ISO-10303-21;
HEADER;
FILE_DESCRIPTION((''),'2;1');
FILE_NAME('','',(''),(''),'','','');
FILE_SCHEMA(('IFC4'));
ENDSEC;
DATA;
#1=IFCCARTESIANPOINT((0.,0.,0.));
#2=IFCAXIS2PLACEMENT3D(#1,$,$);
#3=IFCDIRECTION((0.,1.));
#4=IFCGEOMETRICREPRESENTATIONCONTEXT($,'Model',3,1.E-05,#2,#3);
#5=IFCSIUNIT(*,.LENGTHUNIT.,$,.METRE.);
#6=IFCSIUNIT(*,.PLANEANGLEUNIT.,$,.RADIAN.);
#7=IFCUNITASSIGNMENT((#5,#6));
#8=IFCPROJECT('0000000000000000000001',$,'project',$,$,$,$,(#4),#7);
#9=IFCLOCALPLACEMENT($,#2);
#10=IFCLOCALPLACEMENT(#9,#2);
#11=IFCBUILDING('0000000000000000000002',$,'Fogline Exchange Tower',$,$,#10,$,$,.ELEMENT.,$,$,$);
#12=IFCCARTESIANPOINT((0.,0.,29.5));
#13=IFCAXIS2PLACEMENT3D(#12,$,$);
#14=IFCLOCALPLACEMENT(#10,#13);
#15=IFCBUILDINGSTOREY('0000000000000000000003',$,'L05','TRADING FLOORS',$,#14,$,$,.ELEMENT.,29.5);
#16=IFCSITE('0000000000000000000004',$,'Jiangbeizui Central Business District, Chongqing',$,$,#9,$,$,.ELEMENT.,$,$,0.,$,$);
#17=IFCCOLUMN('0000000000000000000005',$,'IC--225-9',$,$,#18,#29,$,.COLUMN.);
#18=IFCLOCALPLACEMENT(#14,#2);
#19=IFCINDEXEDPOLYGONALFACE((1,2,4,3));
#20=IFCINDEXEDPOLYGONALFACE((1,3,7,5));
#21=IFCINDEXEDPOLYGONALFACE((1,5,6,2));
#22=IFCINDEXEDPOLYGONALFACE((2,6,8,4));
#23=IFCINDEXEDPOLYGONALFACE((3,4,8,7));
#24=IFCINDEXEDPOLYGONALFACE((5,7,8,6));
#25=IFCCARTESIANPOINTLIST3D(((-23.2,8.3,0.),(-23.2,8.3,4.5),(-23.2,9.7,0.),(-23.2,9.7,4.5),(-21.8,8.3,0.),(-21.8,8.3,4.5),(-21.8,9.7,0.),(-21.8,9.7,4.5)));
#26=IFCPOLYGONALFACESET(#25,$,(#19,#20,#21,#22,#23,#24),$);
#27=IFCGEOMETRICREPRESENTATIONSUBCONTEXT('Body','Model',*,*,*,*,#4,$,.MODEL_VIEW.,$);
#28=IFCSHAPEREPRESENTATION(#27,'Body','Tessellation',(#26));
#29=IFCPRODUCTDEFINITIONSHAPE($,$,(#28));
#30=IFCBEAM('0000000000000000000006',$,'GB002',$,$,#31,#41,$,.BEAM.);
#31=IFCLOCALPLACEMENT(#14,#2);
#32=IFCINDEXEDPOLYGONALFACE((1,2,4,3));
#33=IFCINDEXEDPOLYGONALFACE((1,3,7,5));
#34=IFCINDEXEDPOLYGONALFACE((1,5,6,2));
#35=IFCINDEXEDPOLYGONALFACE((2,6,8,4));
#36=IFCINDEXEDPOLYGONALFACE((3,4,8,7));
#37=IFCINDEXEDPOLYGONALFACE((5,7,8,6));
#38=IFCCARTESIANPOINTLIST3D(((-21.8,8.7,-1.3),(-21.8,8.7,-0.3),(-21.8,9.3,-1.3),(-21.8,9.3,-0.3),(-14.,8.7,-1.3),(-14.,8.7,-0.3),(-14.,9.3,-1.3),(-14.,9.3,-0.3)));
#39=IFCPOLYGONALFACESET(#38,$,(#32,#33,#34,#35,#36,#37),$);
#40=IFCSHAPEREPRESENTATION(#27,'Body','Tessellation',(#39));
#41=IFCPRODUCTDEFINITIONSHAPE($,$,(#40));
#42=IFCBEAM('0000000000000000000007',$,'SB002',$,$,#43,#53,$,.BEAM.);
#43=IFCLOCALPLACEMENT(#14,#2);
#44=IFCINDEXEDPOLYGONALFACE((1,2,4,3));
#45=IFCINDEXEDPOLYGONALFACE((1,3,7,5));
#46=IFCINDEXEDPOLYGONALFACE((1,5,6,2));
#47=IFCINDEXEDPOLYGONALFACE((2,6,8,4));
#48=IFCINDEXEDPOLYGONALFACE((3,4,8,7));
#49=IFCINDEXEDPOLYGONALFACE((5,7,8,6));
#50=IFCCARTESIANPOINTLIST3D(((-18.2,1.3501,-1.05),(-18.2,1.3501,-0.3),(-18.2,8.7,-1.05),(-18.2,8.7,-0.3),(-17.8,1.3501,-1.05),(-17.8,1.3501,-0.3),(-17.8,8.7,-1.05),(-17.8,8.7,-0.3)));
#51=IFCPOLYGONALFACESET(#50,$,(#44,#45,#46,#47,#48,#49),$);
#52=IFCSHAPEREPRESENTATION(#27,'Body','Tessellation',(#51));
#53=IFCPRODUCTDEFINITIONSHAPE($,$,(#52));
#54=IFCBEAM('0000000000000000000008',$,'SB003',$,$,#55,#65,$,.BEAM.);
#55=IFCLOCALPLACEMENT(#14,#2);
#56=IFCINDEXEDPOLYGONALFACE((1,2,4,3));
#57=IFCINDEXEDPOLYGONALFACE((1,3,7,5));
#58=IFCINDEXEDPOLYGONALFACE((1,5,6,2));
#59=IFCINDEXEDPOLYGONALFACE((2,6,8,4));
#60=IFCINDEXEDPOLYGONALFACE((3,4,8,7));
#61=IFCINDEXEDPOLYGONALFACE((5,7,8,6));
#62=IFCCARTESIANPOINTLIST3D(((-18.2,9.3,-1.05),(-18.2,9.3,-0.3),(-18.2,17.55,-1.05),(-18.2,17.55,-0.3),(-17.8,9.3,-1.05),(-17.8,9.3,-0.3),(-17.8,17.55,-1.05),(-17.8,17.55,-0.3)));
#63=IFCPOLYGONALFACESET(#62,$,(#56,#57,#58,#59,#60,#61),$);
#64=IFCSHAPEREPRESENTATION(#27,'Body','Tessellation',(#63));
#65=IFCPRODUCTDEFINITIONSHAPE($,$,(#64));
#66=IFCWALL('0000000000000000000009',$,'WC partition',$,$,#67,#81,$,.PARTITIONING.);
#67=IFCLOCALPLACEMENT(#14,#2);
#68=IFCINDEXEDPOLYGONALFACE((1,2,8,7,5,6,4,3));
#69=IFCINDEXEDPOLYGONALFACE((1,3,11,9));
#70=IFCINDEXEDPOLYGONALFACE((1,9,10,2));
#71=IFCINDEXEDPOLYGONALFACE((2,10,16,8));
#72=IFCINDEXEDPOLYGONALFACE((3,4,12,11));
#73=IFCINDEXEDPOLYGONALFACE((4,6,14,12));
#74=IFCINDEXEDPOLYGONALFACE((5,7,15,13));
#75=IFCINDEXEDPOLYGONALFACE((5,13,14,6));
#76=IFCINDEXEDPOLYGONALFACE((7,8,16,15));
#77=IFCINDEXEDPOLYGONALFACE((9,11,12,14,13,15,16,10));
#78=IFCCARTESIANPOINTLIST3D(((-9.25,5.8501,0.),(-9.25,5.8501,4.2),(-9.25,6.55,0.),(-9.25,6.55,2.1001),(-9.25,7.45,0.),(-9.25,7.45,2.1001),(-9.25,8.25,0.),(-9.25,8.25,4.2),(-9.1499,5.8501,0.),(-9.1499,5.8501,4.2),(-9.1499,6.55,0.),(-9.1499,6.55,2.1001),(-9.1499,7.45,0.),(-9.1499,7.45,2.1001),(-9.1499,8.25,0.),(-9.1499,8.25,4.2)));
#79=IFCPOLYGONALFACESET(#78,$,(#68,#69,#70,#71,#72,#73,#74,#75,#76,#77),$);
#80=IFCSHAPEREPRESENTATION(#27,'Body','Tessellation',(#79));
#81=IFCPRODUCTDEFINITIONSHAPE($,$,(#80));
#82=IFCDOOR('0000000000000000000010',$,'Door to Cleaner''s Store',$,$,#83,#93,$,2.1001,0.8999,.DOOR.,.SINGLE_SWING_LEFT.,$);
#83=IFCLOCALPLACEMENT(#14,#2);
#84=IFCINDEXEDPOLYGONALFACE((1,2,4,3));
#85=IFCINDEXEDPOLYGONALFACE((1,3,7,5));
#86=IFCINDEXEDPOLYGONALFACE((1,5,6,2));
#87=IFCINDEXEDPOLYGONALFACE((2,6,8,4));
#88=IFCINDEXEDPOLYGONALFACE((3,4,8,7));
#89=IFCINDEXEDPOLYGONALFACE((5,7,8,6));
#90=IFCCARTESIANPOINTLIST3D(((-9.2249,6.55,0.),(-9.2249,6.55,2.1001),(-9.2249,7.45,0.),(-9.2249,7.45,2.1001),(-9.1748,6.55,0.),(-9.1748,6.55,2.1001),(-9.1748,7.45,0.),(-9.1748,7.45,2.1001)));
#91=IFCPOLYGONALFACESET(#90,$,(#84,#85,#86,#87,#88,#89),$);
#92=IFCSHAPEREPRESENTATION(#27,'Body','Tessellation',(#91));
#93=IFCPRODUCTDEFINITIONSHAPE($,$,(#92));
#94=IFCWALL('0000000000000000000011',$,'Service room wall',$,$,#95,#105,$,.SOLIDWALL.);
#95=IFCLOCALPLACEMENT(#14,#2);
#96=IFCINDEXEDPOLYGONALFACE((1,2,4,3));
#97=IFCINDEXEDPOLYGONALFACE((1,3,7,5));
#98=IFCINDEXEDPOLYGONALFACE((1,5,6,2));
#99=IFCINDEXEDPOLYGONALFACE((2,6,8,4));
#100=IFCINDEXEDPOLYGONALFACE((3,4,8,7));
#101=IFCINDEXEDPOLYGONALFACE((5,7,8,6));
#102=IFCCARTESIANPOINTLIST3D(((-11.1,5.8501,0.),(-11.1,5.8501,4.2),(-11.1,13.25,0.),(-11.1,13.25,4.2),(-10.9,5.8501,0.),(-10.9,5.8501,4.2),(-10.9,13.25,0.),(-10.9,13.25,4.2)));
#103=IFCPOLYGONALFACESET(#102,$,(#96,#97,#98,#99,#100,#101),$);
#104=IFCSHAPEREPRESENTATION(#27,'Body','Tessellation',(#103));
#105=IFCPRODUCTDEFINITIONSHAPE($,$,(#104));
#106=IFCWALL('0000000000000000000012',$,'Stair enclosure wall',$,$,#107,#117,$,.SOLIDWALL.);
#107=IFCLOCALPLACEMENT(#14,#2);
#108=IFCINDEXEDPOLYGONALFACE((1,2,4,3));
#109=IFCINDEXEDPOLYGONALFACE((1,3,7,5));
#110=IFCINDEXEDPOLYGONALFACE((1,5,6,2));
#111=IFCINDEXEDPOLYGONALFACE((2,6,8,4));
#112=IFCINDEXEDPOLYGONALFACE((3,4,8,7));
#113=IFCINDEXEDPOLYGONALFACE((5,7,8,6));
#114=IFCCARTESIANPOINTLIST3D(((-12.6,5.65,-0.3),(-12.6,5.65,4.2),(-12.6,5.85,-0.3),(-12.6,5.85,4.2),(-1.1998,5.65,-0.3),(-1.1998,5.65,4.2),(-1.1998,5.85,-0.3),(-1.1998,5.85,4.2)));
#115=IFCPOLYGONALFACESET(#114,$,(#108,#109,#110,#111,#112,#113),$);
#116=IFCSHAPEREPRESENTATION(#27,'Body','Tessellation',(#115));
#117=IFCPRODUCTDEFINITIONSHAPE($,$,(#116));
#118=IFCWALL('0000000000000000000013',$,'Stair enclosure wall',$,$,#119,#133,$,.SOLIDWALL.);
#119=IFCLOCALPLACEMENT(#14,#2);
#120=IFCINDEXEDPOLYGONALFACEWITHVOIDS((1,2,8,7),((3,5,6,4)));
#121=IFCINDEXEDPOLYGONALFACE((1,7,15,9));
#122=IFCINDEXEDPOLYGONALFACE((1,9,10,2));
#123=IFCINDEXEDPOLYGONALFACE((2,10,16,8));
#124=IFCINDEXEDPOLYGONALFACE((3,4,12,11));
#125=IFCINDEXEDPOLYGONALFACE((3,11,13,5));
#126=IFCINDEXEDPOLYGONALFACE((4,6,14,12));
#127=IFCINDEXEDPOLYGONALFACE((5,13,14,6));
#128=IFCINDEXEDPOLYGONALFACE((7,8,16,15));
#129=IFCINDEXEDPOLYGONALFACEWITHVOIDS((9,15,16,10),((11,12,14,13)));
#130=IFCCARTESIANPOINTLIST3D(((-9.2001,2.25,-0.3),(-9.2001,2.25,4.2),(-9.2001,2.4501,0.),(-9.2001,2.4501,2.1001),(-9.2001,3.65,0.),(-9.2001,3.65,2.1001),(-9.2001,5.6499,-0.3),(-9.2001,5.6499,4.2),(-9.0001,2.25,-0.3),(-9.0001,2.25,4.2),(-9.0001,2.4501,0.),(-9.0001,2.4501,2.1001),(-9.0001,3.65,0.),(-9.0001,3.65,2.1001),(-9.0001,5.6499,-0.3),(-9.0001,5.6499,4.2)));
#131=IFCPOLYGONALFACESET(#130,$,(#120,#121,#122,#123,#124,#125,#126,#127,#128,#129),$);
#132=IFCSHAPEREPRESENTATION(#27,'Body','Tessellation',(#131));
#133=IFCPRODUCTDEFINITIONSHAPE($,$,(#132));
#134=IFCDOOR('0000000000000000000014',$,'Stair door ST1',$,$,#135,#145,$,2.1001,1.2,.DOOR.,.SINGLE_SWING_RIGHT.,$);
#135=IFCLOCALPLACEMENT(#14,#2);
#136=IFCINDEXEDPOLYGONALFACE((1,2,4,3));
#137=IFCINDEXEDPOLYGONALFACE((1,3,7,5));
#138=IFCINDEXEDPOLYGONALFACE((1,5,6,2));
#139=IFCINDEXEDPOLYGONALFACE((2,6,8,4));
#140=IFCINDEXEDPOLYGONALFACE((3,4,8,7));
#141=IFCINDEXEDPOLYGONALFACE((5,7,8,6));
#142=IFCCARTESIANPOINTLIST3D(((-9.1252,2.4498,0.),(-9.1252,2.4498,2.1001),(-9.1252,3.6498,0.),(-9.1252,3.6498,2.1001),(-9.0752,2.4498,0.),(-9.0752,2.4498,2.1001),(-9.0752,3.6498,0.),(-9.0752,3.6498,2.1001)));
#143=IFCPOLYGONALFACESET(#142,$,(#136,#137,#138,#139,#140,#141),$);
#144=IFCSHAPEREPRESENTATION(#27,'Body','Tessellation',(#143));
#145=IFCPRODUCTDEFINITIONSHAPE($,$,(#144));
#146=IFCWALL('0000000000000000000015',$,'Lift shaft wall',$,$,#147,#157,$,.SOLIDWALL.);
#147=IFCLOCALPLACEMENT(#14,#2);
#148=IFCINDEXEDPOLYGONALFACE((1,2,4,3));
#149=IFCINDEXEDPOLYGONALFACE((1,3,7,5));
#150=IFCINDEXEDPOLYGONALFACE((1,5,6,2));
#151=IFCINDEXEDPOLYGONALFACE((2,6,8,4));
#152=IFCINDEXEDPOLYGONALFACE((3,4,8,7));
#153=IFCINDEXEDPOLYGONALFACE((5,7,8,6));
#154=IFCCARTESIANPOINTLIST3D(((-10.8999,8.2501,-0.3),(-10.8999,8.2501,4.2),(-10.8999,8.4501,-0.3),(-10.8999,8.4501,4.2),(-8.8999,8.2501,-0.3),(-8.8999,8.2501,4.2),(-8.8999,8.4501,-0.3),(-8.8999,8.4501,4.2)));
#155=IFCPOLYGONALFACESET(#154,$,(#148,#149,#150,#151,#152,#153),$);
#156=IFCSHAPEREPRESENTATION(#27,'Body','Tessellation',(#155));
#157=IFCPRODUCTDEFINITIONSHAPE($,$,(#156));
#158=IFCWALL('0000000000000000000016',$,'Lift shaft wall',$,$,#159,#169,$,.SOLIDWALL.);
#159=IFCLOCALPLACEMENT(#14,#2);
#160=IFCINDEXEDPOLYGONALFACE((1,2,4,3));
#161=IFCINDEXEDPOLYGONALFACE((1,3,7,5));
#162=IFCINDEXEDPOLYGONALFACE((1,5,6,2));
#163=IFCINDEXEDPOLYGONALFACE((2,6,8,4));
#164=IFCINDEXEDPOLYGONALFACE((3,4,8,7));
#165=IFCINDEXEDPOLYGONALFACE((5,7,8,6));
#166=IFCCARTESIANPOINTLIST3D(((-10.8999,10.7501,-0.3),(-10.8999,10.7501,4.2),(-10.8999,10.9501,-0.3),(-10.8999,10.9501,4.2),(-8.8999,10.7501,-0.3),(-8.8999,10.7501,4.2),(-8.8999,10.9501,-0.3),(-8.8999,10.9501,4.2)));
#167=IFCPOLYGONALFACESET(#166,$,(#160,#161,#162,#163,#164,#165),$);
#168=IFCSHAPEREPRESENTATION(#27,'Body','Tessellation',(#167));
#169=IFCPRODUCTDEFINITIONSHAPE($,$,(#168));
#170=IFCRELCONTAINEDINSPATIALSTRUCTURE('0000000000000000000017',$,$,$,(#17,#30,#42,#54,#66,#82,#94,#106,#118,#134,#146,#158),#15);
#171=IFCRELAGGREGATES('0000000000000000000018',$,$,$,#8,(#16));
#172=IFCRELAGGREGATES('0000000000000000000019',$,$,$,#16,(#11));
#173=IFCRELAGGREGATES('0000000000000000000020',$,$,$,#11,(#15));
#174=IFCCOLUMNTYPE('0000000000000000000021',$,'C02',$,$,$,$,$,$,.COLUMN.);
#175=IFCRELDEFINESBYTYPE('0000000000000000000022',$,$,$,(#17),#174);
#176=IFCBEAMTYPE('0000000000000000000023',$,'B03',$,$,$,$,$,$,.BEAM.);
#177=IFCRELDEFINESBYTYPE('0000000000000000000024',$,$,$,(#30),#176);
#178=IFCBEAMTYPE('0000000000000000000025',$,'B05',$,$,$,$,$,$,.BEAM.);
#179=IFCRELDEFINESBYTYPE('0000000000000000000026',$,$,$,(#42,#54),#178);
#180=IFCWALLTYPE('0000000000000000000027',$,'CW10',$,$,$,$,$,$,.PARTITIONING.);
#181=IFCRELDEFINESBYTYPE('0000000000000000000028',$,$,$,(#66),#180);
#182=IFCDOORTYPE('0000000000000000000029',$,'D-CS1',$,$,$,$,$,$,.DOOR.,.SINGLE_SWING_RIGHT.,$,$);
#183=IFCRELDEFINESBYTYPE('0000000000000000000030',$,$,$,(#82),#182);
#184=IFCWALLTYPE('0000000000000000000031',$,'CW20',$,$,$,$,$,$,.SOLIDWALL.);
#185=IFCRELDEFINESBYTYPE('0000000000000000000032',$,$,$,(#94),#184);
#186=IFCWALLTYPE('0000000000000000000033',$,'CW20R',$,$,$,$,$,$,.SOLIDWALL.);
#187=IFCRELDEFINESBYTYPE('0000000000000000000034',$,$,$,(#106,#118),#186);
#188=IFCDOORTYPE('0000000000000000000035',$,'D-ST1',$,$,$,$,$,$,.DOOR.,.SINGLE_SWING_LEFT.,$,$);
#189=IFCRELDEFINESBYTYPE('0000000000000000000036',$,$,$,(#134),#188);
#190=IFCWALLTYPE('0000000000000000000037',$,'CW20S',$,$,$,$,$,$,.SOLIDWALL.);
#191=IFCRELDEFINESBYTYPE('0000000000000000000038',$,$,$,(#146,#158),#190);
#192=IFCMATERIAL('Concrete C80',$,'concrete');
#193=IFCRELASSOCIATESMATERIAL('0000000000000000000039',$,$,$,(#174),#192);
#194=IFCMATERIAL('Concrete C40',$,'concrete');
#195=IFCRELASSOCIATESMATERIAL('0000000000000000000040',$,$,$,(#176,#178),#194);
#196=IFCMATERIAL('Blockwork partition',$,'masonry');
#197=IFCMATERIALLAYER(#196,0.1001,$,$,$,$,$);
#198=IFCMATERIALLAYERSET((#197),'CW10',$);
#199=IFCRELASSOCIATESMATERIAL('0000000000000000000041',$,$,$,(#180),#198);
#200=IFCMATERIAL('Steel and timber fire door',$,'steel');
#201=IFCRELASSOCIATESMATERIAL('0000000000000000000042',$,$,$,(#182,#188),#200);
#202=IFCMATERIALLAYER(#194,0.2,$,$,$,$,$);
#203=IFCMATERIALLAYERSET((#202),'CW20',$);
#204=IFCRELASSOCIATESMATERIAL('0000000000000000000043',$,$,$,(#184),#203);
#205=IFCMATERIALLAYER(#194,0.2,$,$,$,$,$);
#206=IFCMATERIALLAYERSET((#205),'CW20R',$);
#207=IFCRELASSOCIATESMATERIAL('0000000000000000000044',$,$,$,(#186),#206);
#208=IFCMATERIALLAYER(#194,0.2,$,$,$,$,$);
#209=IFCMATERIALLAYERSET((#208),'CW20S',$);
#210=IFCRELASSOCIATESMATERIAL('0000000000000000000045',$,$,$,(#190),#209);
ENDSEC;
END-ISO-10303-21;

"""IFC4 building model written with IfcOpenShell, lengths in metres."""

from ifc_helpers import new_model, si_unit, direction, frame, frame_2d, origin, origin_2d, place, context, subcontext, project, spatial, rectangle, extrude, material, layer, layer_set, material_profile, profile_set, type_object, element, fill, save


model = new_model("IFC4")

# Units and contexts
model_context = context("Model", 3, precision=1e-05, world=origin(), true_north=direction((0.0, 1.0)))
body_context = subcontext(model_context, "Body", "Model", "MODEL_VIEW")
ifc_project = project(units=[si_unit("LENGTHUNIT", "METRE"), si_unit("PLANEANGLEUNIT", "RADIAN")], contexts=[model_context])

# Site, building, storey
site_placement = place(None, origin())
site = spatial("IfcSite", under=ifc_project, at=site_placement, Name="Jiangbeizui Central Business District, Chongqing", CompositionType="ELEMENT", RefElevation=0.0)
building_placement = place(site_placement, origin())
building = spatial("IfcBuilding", under=site, at=building_placement, Name="Fogline Exchange Tower", CompositionType="ELEMENT")
storey_placement = place(building_placement, frame((0.0, 0.0, 29.5)))
storey = spatial("IfcBuildingStorey", under=building, at=storey_placement, Name="L05", Description="TRADING FLOORS", CompositionType="ELEMENT", Elevation=29.5)

# Column
ifc_material_1 = material(Name="Concrete C80", Category="concrete")
ifc_material_profile_1 = material_profile(ifc_material_1, rectangle(XDim=1.3999, YDim=1.3999, at=origin_2d()), Name="RC 1400x1400")
ifc_profile_set_1 = profile_set([ifc_material_profile_1], Name="Concrete C80")
column_type = type_object("IfcColumnType", Name="C02", PredefinedType="COLUMN", material=ifc_profile_set_1)
column_placement = place(storey_placement, frame((-22.5, 9.0, 0.0), z_axis=(0.0, 0.0, 1.0), x_axis=(1.0, 0.0, 0.0)))
element("IfcColumn", 1, at=column_placement, inside=storey, type_object=column_type, Name="IC--225-9", PredefinedType="COLUMN", context=body_context, shape_type="SweptSolid", body=[
    extrude(rectangle(XDim=1.3999, YDim=1.3999, at=origin_2d()), origin(), (0.0, 0.0, 1.0), 4.5),
])

# Beams
ifc_material_2 = material(Name="Concrete C40", Category="concrete")
ifc_material_profile_2 = material_profile(ifc_material_2, rectangle(XDim=0.6001, YDim=1.0, at=origin_2d()), Name="RC 600x1000")
ifc_profile_set_2 = profile_set([ifc_material_profile_2], Name="Concrete C40")
beam_type_1 = type_object("IfcBeamType", Name="B03", PredefinedType="BEAM", material=ifc_profile_set_2)
beam_1_placement = place(storey_placement, frame((-21.8, 9.0, -0.8), z_axis=(1.0, 0.0, 0.0), x_axis=(0.0, 1.0, 0.0)))
element("IfcBeam", 2, at=beam_1_placement, inside=storey, type_object=beam_type_1, Name="GB002", PredefinedType="BEAM", context=body_context, shape_type="SweptSolid", body=[
    extrude(rectangle(XDim=0.6001, YDim=1.0, at=origin_2d()), origin(), (0.0, 0.0, 1.0), 7.8),
])
ifc_material_profile_3 = material_profile(ifc_material_2, rectangle(XDim=0.3999, YDim=0.75, at=origin_2d()), Name="RC 400x750")
ifc_profile_set_3 = profile_set([ifc_material_profile_3], Name="Concrete C40")
beam_type_2 = type_object("IfcBeamType", Name="B05", PredefinedType="BEAM", material=ifc_profile_set_3)
beam_2_placement = place(storey_placement, frame((-18.0, 1.3501, -0.675), z_axis=(0.0, 1.0, 0.0), x_axis=(-1.0, 0.0, 0.0)))
element("IfcBeam", 3, at=beam_2_placement, inside=storey, type_object=beam_type_2, Name="SB002", PredefinedType="BEAM", context=body_context, shape_type="SweptSolid", body=[
    extrude(rectangle(XDim=0.3999, YDim=0.75, at=origin_2d()), origin(), (0.0, 0.0, 1.0), 7.3499),
])
beam_3_placement = place(storey_placement, frame((-18.0, 9.3, -0.675), z_axis=(0.0, 1.0, 0.0), x_axis=(-1.0, 0.0, 0.0)))
element("IfcBeam", 4, at=beam_3_placement, inside=storey, type_object=beam_type_2, Name="SB003", PredefinedType="BEAM", context=body_context, shape_type="SweptSolid", body=[
    extrude(rectangle(XDim=0.3999, YDim=0.75, at=origin_2d()), origin(), (0.0, 0.0, 1.0), 8.25),
])

# Wall, opening, door
ifc_material_3 = material(Name="Blockwork partition", Category="masonry")
ifc_layer_1 = layer(ifc_material_3, 0.1001)
ifc_layer_set_1 = layer_set([ifc_layer_1], Name="CW10")
wall_type_1 = type_object("IfcWallType", Name="CW10", PredefinedType="PARTITIONING", material=ifc_layer_set_1)
wall_1_placement = place(storey_placement, frame((-9.2, 5.8501, 0.0), z_axis=(0.0, 0.0, 1.0), x_axis=(0.0, 1.0, 0.0)))
wall_1 = element("IfcWall", 5, at=wall_1_placement, inside=storey, type_object=wall_type_1, Name="WC partition", PredefinedType="PARTITIONING", context=body_context, shape_type="SweptSolid", body=[
    extrude(rectangle(XDim=2.3999, YDim=0.1001, at=frame_2d((1.2, 0.0))), origin(), (0.0, 0.0, 1.0), 4.2),
])
opening_1_placement = place(wall_1_placement, frame((0.7, 0.0, 0.0)))
opening_1 = element("IfcOpeningElement", 6, at=opening_1_placement, cuts=wall_1, PredefinedType="OPENING", context=body_context, shape_type="SweptSolid", body=[
    extrude(rectangle(XDim=0.8999, YDim=2.1001, at=frame_2d((0.45, 1.05))), frame((0.0, 0.0601, 0.0), z_axis=(0.0, -1.0, 0.0), x_axis=(1.0, 0.0, 0.0)), (0.0, 0.0, 1.0), 0.1201),
])
ifc_material_4 = material(Name="Steel and timber fire door", Category="steel")
door_type_1 = type_object("IfcDoorType", Name="D-CS1", OperationType="SINGLE_SWING_RIGHT", PredefinedType="DOOR", material=ifc_material_4)
door_1_placement = place(opening_1_placement, origin())
door_1 = element("IfcDoor", 7, at=door_1_placement, inside=storey, type_object=door_type_1, Name="Door to Cleaner's Store", OperationType="SINGLE_SWING_LEFT", OverallHeight=2.1001, OverallWidth=0.8999, PredefinedType="DOOR", context=body_context, shape_type="SweptSolid", body=[
    extrude(rectangle(XDim=0.8999, YDim=2.1001, at=frame_2d((0.45, 1.05))), frame((0.0, 0.0249, 0.0), z_axis=(0.0, -1.0, 0.0), x_axis=(1.0, 0.0, 0.0)), (0.0, 0.0, 1.0), 0.05),
])
fill(opening_1, door_1)

# Walls
ifc_layer_2 = layer(ifc_material_2, 0.2)
ifc_layer_set_2 = layer_set([ifc_layer_2], Name="CW20")
wall_type_2 = type_object("IfcWallType", Name="CW20", PredefinedType="SOLIDWALL", material=ifc_layer_set_2)
wall_2_placement = place(storey_placement, frame((-11.0, 5.8501, 0.0), z_axis=(0.0, 0.0, 1.0), x_axis=(0.0, 1.0, 0.0)))
element("IfcWall", 8, at=wall_2_placement, inside=storey, type_object=wall_type_2, Name="Service room wall", PredefinedType="SOLIDWALL", context=body_context, shape_type="SweptSolid", body=[
    extrude(rectangle(XDim=7.3999, YDim=0.2, at=frame_2d((3.7, 0.0))), origin(), (0.0, 0.0, 1.0), 4.2),
])
ifc_layer_3 = layer(ifc_material_2, 0.2)
ifc_layer_set_3 = layer_set([ifc_layer_3], Name="CW20R")
wall_type_3 = type_object("IfcWallType", Name="CW20R", PredefinedType="SOLIDWALL", material=ifc_layer_set_3)
wall_3_placement = place(storey_placement, frame((-12.6001, 5.75, -0.3), z_axis=(0.0, 0.0, 1.0), x_axis=(1.0, 0.0, 0.0)))
element("IfcWall", 9, at=wall_3_placement, inside=storey, type_object=wall_type_3, Name="Stair enclosure wall", PredefinedType="SOLIDWALL", context=body_context, shape_type="SweptSolid", body=[
    extrude(rectangle(XDim=11.4001, YDim=0.2, at=frame_2d((5.7002, 0.0))), origin(), (0.0, 0.0, 1.0), 4.5),
])

# Wall, opening, door
wall_4_placement = place(storey_placement, frame((-9.1001, 2.25, -0.3), z_axis=(0.0, 0.0, 1.0), x_axis=(0.0, 1.0, 0.0)))
wall_4 = element("IfcWall", 10, at=wall_4_placement, inside=storey, type_object=wall_type_3, Name="Stair enclosure wall", PredefinedType="SOLIDWALL", context=body_context, shape_type="SweptSolid", body=[
    extrude(rectangle(XDim=3.3999, YDim=0.2, at=frame_2d((1.7, 0.0))), origin(), (0.0, 0.0, 1.0), 4.5),
])
opening_2_placement = place(wall_4_placement, frame((0.2, 0.0, 0.3)))
opening_2 = element("IfcOpeningElement", 11, at=opening_2_placement, cuts=wall_4, PredefinedType="OPENING", context=body_context, shape_type="SweptSolid", body=[
    extrude(rectangle(XDim=1.2, YDim=2.1001, at=frame_2d((0.6001, 1.05))), frame((0.0, 0.1099, 0.0), z_axis=(0.0, -1.0, 0.0), x_axis=(1.0, 0.0, 0.0)), (0.0, 0.0, 1.0), 0.22),
])
door_type_2 = type_object("IfcDoorType", Name="D-ST1", OperationType="SINGLE_SWING_LEFT", PredefinedType="DOOR", material=ifc_material_4)
door_2_placement = place(opening_2_placement, frame((1.2, 0.0, 0.0), z_axis=(0.0, 0.0, 1.0), x_axis=(-1.0, 0.0, 0.0)))
door_2 = element("IfcDoor", 12, at=door_2_placement, inside=storey, type_object=door_type_2, Name="Stair door ST1", OperationType="SINGLE_SWING_RIGHT", OverallHeight=2.1001, OverallWidth=1.2, PredefinedType="DOOR", context=body_context, shape_type="SweptSolid", body=[
    extrude(rectangle(XDim=1.2, YDim=2.1001, at=frame_2d((0.6001, 1.05))), frame((0.0, 0.0249, 0.0), z_axis=(0.0, -1.0, 0.0), x_axis=(1.0, 0.0, 0.0)), (0.0, 0.0, 1.0), 0.05),
])
fill(opening_2, door_2)

# Walls
ifc_layer_4 = layer(ifc_material_2, 0.2)
ifc_layer_set_4 = layer_set([ifc_layer_4], Name="CW20S")
wall_type_4 = type_object("IfcWallType", Name="CW20S", PredefinedType="SOLIDWALL", material=ifc_layer_set_4)
for number, where, z_axis, x_axis, name in (
    (13, (-10.8999, 8.3501, -0.3), (0.0, 0.0, 1.0), (1.0, 0.0, 0.0), "Lift shaft wall"),
    (14, (-10.8999, 10.8501, -0.3), (0.0, 0.0, 1.0), (1.0, 0.0, 0.0), "Lift shaft wall"),
):
    element("IfcWall", number, at=place(storey_placement, frame(where, z_axis=z_axis, x_axis=x_axis)), inside=storey, type_object=wall_type_4, Name=name, PredefinedType="SOLIDWALL", context=body_context, shape_type="SweptSolid", body=[
        extrude(rectangle(XDim=2.0, YDim=0.2, at=frame_2d((1.0, 0.0))), origin(), (0.0, 0.0, 1.0), 4.5),
    ])

save(model, "model.ifc")
